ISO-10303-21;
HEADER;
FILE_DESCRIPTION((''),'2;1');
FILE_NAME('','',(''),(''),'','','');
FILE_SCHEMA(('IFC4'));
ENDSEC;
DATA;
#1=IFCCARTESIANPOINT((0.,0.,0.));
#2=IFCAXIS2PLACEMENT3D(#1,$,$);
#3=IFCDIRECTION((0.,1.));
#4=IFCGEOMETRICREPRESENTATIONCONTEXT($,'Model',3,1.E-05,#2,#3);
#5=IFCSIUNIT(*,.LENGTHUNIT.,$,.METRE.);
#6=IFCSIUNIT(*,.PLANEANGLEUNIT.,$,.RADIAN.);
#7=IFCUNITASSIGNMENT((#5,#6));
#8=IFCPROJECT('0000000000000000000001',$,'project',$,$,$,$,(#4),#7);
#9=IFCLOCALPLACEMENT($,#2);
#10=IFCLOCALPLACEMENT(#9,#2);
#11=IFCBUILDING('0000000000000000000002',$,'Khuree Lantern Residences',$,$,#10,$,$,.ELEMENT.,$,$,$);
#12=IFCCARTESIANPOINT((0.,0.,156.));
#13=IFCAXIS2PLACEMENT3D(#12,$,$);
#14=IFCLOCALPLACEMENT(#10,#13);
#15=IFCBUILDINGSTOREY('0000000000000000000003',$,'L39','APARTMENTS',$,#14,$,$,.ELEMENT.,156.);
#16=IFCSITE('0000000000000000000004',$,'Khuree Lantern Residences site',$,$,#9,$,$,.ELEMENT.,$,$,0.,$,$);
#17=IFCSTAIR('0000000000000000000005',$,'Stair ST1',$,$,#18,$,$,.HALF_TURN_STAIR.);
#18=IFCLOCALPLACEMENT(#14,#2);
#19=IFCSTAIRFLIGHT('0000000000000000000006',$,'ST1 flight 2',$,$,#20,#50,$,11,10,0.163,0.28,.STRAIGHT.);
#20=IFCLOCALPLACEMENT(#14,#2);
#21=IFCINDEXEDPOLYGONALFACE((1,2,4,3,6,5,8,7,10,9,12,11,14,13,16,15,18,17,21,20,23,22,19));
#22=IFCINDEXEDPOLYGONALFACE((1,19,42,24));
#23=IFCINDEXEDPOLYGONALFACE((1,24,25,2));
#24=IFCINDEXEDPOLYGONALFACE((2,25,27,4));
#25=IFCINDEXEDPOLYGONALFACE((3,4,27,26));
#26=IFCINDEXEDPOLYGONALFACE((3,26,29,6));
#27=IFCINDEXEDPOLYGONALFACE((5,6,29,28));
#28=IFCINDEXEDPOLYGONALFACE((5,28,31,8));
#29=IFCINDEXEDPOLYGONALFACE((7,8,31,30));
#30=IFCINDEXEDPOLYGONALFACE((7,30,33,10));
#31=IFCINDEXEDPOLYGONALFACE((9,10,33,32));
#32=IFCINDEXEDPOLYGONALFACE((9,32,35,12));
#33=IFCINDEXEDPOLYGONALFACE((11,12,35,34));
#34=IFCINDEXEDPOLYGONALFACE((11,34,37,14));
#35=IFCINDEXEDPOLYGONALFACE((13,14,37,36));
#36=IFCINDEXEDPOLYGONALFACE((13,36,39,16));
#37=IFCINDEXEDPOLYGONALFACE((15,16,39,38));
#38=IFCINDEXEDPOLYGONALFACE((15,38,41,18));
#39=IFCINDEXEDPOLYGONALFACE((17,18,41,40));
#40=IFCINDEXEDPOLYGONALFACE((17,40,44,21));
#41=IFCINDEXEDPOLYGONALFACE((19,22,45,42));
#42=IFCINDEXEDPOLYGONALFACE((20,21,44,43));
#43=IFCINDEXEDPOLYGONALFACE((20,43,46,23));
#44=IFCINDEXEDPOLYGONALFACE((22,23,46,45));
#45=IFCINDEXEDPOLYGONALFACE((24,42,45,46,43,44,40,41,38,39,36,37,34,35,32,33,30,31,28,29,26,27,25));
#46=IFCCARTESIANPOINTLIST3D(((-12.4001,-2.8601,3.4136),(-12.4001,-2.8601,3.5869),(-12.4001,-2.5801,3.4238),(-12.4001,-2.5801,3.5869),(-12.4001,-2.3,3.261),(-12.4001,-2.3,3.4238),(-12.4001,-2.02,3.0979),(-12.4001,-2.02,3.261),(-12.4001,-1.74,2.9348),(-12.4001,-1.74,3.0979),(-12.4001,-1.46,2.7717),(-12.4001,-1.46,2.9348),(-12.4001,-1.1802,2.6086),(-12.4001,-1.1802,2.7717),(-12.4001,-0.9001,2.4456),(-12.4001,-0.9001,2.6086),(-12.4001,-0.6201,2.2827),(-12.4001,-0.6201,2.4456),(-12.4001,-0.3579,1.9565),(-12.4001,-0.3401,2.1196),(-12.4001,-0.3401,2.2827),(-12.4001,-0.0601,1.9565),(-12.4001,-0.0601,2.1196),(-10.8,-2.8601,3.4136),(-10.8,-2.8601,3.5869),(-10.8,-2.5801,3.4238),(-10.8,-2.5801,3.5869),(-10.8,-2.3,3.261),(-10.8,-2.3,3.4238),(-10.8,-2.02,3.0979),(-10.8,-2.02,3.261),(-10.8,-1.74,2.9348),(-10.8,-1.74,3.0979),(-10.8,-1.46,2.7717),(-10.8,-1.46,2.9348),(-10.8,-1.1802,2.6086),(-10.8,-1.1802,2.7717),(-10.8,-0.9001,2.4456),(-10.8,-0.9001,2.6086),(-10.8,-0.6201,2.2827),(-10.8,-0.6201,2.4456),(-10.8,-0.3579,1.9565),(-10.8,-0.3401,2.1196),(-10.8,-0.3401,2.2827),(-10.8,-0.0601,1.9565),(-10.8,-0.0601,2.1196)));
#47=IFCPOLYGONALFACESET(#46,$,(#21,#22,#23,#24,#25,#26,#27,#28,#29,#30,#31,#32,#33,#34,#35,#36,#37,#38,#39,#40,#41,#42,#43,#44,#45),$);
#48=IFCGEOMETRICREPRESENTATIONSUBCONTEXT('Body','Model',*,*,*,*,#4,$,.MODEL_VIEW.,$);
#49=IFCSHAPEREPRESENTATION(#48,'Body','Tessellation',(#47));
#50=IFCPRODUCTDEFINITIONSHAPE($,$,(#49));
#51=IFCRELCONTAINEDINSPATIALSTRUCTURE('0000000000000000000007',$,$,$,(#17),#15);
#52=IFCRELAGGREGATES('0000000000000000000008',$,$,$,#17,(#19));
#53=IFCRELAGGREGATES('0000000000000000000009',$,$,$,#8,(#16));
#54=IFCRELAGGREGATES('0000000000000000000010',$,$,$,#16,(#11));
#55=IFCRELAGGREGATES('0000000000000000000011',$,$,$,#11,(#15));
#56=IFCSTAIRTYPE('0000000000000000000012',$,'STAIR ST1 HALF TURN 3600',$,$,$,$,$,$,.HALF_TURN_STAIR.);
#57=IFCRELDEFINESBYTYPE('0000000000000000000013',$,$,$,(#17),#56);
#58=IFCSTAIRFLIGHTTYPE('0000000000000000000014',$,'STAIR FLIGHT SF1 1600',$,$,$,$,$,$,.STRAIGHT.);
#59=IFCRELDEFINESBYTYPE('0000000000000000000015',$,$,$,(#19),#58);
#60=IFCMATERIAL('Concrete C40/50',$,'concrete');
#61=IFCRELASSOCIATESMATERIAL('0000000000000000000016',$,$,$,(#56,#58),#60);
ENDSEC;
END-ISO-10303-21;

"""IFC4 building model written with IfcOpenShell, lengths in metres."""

from ifc_helpers import new_model, si_unit, direction, frame, origin, place, context, subcontext, project, spatial, polyline, outline, extrude, material, type_object, element, aggregate, save


model = new_model("IFC4")

# Units and contexts
model_context = context("Model", 3, precision=1e-05, world=origin(), true_north=direction((0.0, 1.0)))
body_context = subcontext(model_context, "Body", "Model", "MODEL_VIEW")
ifc_project = project(units=[si_unit("LENGTHUNIT", "METRE"), si_unit("PLANEANGLEUNIT", "RADIAN")], contexts=[model_context])

# Site, building, storey
site_placement = place(None, origin())
site = spatial("IfcSite", under=ifc_project, at=site_placement, Name="Khuree Lantern Residences site", CompositionType="ELEMENT", RefElevation=0.0)
building_placement = place(site_placement, origin())
building = spatial("IfcBuilding", under=site, at=building_placement, Name="Khuree Lantern Residences", CompositionType="ELEMENT")
storey_placement = place(building_placement, frame((0.0, 0.0, 156.0)))
storey = spatial("IfcBuildingStorey", under=building, at=storey_placement, Name="L39", Description="APARTMENTS", CompositionType="ELEMENT", Elevation=156.0)

# Stair, stair flight
ifc_material_1 = material(Name="Concrete C40/50", Category="concrete")
stair_type = type_object("IfcStairType", Name="STAIR ST1 HALF TURN 3600", PredefinedType="HALF_TURN_STAIR", material=ifc_material_1)
stair_placement = place(storey_placement, origin())
stair = element("IfcStair", 1, at=stair_placement, inside=storey, type_object=stair_type, Name="Stair ST1", PredefinedType="HALF_TURN_STAIR")
stair_flight_type = type_object("IfcStairFlightType", Name="STAIR FLIGHT SF1 1600", PredefinedType="STRAIGHT", material=ifc_material_1)
stair_flight_placement = place(storey_placement, frame((-11.6001, -0.0601, 1.9565), z_axis=(0.0, 0.0, 1.0), x_axis=(0.0, -1.0, 0.0)))
stair_flight = element("IfcStairFlight", 2, at=stair_flight_placement, type_object=stair_flight_type, Name="ST1 flight 2", NumberOfRisers=11, NumberOfTreads=10, PredefinedType="STRAIGHT", RiserHeight=0.163, TreadLength=0.28, context=body_context, shape_type="SweptSolid", body=[
    extrude(outline(polyline([(0.0, 0.0), (0.0, 0.1631), (0.28, 0.1631), (0.28, 0.3262), (0.5601, 0.3262), (0.5601, 0.489), (0.8401, 0.489), (0.8401, 0.6521), (1.1201, 0.6521), (1.1201, 0.8152), (1.3999, 0.8152), (1.3999, 0.9783), (1.6799, 0.9783), (1.6799, 1.1414), (1.96, 1.1414), (1.96, 1.3044), (2.24, 1.3044), (2.24, 1.4673), (2.52, 1.4673), (2.52, 1.6304), (2.8, 1.6304), (2.8, 1.7935), (2.8, 1.457), (0.2979, 0.0), (0.0, 0.0)])), frame((0.0, 0.8, 0.0), z_axis=(0.0, -1.0, 0.0), x_axis=(1.0, 0.0, 0.0)), (0.0, 0.0, 1.0), 1.6001),
])
aggregate(stair, [stair_flight])

save(model, "model.ifc")
